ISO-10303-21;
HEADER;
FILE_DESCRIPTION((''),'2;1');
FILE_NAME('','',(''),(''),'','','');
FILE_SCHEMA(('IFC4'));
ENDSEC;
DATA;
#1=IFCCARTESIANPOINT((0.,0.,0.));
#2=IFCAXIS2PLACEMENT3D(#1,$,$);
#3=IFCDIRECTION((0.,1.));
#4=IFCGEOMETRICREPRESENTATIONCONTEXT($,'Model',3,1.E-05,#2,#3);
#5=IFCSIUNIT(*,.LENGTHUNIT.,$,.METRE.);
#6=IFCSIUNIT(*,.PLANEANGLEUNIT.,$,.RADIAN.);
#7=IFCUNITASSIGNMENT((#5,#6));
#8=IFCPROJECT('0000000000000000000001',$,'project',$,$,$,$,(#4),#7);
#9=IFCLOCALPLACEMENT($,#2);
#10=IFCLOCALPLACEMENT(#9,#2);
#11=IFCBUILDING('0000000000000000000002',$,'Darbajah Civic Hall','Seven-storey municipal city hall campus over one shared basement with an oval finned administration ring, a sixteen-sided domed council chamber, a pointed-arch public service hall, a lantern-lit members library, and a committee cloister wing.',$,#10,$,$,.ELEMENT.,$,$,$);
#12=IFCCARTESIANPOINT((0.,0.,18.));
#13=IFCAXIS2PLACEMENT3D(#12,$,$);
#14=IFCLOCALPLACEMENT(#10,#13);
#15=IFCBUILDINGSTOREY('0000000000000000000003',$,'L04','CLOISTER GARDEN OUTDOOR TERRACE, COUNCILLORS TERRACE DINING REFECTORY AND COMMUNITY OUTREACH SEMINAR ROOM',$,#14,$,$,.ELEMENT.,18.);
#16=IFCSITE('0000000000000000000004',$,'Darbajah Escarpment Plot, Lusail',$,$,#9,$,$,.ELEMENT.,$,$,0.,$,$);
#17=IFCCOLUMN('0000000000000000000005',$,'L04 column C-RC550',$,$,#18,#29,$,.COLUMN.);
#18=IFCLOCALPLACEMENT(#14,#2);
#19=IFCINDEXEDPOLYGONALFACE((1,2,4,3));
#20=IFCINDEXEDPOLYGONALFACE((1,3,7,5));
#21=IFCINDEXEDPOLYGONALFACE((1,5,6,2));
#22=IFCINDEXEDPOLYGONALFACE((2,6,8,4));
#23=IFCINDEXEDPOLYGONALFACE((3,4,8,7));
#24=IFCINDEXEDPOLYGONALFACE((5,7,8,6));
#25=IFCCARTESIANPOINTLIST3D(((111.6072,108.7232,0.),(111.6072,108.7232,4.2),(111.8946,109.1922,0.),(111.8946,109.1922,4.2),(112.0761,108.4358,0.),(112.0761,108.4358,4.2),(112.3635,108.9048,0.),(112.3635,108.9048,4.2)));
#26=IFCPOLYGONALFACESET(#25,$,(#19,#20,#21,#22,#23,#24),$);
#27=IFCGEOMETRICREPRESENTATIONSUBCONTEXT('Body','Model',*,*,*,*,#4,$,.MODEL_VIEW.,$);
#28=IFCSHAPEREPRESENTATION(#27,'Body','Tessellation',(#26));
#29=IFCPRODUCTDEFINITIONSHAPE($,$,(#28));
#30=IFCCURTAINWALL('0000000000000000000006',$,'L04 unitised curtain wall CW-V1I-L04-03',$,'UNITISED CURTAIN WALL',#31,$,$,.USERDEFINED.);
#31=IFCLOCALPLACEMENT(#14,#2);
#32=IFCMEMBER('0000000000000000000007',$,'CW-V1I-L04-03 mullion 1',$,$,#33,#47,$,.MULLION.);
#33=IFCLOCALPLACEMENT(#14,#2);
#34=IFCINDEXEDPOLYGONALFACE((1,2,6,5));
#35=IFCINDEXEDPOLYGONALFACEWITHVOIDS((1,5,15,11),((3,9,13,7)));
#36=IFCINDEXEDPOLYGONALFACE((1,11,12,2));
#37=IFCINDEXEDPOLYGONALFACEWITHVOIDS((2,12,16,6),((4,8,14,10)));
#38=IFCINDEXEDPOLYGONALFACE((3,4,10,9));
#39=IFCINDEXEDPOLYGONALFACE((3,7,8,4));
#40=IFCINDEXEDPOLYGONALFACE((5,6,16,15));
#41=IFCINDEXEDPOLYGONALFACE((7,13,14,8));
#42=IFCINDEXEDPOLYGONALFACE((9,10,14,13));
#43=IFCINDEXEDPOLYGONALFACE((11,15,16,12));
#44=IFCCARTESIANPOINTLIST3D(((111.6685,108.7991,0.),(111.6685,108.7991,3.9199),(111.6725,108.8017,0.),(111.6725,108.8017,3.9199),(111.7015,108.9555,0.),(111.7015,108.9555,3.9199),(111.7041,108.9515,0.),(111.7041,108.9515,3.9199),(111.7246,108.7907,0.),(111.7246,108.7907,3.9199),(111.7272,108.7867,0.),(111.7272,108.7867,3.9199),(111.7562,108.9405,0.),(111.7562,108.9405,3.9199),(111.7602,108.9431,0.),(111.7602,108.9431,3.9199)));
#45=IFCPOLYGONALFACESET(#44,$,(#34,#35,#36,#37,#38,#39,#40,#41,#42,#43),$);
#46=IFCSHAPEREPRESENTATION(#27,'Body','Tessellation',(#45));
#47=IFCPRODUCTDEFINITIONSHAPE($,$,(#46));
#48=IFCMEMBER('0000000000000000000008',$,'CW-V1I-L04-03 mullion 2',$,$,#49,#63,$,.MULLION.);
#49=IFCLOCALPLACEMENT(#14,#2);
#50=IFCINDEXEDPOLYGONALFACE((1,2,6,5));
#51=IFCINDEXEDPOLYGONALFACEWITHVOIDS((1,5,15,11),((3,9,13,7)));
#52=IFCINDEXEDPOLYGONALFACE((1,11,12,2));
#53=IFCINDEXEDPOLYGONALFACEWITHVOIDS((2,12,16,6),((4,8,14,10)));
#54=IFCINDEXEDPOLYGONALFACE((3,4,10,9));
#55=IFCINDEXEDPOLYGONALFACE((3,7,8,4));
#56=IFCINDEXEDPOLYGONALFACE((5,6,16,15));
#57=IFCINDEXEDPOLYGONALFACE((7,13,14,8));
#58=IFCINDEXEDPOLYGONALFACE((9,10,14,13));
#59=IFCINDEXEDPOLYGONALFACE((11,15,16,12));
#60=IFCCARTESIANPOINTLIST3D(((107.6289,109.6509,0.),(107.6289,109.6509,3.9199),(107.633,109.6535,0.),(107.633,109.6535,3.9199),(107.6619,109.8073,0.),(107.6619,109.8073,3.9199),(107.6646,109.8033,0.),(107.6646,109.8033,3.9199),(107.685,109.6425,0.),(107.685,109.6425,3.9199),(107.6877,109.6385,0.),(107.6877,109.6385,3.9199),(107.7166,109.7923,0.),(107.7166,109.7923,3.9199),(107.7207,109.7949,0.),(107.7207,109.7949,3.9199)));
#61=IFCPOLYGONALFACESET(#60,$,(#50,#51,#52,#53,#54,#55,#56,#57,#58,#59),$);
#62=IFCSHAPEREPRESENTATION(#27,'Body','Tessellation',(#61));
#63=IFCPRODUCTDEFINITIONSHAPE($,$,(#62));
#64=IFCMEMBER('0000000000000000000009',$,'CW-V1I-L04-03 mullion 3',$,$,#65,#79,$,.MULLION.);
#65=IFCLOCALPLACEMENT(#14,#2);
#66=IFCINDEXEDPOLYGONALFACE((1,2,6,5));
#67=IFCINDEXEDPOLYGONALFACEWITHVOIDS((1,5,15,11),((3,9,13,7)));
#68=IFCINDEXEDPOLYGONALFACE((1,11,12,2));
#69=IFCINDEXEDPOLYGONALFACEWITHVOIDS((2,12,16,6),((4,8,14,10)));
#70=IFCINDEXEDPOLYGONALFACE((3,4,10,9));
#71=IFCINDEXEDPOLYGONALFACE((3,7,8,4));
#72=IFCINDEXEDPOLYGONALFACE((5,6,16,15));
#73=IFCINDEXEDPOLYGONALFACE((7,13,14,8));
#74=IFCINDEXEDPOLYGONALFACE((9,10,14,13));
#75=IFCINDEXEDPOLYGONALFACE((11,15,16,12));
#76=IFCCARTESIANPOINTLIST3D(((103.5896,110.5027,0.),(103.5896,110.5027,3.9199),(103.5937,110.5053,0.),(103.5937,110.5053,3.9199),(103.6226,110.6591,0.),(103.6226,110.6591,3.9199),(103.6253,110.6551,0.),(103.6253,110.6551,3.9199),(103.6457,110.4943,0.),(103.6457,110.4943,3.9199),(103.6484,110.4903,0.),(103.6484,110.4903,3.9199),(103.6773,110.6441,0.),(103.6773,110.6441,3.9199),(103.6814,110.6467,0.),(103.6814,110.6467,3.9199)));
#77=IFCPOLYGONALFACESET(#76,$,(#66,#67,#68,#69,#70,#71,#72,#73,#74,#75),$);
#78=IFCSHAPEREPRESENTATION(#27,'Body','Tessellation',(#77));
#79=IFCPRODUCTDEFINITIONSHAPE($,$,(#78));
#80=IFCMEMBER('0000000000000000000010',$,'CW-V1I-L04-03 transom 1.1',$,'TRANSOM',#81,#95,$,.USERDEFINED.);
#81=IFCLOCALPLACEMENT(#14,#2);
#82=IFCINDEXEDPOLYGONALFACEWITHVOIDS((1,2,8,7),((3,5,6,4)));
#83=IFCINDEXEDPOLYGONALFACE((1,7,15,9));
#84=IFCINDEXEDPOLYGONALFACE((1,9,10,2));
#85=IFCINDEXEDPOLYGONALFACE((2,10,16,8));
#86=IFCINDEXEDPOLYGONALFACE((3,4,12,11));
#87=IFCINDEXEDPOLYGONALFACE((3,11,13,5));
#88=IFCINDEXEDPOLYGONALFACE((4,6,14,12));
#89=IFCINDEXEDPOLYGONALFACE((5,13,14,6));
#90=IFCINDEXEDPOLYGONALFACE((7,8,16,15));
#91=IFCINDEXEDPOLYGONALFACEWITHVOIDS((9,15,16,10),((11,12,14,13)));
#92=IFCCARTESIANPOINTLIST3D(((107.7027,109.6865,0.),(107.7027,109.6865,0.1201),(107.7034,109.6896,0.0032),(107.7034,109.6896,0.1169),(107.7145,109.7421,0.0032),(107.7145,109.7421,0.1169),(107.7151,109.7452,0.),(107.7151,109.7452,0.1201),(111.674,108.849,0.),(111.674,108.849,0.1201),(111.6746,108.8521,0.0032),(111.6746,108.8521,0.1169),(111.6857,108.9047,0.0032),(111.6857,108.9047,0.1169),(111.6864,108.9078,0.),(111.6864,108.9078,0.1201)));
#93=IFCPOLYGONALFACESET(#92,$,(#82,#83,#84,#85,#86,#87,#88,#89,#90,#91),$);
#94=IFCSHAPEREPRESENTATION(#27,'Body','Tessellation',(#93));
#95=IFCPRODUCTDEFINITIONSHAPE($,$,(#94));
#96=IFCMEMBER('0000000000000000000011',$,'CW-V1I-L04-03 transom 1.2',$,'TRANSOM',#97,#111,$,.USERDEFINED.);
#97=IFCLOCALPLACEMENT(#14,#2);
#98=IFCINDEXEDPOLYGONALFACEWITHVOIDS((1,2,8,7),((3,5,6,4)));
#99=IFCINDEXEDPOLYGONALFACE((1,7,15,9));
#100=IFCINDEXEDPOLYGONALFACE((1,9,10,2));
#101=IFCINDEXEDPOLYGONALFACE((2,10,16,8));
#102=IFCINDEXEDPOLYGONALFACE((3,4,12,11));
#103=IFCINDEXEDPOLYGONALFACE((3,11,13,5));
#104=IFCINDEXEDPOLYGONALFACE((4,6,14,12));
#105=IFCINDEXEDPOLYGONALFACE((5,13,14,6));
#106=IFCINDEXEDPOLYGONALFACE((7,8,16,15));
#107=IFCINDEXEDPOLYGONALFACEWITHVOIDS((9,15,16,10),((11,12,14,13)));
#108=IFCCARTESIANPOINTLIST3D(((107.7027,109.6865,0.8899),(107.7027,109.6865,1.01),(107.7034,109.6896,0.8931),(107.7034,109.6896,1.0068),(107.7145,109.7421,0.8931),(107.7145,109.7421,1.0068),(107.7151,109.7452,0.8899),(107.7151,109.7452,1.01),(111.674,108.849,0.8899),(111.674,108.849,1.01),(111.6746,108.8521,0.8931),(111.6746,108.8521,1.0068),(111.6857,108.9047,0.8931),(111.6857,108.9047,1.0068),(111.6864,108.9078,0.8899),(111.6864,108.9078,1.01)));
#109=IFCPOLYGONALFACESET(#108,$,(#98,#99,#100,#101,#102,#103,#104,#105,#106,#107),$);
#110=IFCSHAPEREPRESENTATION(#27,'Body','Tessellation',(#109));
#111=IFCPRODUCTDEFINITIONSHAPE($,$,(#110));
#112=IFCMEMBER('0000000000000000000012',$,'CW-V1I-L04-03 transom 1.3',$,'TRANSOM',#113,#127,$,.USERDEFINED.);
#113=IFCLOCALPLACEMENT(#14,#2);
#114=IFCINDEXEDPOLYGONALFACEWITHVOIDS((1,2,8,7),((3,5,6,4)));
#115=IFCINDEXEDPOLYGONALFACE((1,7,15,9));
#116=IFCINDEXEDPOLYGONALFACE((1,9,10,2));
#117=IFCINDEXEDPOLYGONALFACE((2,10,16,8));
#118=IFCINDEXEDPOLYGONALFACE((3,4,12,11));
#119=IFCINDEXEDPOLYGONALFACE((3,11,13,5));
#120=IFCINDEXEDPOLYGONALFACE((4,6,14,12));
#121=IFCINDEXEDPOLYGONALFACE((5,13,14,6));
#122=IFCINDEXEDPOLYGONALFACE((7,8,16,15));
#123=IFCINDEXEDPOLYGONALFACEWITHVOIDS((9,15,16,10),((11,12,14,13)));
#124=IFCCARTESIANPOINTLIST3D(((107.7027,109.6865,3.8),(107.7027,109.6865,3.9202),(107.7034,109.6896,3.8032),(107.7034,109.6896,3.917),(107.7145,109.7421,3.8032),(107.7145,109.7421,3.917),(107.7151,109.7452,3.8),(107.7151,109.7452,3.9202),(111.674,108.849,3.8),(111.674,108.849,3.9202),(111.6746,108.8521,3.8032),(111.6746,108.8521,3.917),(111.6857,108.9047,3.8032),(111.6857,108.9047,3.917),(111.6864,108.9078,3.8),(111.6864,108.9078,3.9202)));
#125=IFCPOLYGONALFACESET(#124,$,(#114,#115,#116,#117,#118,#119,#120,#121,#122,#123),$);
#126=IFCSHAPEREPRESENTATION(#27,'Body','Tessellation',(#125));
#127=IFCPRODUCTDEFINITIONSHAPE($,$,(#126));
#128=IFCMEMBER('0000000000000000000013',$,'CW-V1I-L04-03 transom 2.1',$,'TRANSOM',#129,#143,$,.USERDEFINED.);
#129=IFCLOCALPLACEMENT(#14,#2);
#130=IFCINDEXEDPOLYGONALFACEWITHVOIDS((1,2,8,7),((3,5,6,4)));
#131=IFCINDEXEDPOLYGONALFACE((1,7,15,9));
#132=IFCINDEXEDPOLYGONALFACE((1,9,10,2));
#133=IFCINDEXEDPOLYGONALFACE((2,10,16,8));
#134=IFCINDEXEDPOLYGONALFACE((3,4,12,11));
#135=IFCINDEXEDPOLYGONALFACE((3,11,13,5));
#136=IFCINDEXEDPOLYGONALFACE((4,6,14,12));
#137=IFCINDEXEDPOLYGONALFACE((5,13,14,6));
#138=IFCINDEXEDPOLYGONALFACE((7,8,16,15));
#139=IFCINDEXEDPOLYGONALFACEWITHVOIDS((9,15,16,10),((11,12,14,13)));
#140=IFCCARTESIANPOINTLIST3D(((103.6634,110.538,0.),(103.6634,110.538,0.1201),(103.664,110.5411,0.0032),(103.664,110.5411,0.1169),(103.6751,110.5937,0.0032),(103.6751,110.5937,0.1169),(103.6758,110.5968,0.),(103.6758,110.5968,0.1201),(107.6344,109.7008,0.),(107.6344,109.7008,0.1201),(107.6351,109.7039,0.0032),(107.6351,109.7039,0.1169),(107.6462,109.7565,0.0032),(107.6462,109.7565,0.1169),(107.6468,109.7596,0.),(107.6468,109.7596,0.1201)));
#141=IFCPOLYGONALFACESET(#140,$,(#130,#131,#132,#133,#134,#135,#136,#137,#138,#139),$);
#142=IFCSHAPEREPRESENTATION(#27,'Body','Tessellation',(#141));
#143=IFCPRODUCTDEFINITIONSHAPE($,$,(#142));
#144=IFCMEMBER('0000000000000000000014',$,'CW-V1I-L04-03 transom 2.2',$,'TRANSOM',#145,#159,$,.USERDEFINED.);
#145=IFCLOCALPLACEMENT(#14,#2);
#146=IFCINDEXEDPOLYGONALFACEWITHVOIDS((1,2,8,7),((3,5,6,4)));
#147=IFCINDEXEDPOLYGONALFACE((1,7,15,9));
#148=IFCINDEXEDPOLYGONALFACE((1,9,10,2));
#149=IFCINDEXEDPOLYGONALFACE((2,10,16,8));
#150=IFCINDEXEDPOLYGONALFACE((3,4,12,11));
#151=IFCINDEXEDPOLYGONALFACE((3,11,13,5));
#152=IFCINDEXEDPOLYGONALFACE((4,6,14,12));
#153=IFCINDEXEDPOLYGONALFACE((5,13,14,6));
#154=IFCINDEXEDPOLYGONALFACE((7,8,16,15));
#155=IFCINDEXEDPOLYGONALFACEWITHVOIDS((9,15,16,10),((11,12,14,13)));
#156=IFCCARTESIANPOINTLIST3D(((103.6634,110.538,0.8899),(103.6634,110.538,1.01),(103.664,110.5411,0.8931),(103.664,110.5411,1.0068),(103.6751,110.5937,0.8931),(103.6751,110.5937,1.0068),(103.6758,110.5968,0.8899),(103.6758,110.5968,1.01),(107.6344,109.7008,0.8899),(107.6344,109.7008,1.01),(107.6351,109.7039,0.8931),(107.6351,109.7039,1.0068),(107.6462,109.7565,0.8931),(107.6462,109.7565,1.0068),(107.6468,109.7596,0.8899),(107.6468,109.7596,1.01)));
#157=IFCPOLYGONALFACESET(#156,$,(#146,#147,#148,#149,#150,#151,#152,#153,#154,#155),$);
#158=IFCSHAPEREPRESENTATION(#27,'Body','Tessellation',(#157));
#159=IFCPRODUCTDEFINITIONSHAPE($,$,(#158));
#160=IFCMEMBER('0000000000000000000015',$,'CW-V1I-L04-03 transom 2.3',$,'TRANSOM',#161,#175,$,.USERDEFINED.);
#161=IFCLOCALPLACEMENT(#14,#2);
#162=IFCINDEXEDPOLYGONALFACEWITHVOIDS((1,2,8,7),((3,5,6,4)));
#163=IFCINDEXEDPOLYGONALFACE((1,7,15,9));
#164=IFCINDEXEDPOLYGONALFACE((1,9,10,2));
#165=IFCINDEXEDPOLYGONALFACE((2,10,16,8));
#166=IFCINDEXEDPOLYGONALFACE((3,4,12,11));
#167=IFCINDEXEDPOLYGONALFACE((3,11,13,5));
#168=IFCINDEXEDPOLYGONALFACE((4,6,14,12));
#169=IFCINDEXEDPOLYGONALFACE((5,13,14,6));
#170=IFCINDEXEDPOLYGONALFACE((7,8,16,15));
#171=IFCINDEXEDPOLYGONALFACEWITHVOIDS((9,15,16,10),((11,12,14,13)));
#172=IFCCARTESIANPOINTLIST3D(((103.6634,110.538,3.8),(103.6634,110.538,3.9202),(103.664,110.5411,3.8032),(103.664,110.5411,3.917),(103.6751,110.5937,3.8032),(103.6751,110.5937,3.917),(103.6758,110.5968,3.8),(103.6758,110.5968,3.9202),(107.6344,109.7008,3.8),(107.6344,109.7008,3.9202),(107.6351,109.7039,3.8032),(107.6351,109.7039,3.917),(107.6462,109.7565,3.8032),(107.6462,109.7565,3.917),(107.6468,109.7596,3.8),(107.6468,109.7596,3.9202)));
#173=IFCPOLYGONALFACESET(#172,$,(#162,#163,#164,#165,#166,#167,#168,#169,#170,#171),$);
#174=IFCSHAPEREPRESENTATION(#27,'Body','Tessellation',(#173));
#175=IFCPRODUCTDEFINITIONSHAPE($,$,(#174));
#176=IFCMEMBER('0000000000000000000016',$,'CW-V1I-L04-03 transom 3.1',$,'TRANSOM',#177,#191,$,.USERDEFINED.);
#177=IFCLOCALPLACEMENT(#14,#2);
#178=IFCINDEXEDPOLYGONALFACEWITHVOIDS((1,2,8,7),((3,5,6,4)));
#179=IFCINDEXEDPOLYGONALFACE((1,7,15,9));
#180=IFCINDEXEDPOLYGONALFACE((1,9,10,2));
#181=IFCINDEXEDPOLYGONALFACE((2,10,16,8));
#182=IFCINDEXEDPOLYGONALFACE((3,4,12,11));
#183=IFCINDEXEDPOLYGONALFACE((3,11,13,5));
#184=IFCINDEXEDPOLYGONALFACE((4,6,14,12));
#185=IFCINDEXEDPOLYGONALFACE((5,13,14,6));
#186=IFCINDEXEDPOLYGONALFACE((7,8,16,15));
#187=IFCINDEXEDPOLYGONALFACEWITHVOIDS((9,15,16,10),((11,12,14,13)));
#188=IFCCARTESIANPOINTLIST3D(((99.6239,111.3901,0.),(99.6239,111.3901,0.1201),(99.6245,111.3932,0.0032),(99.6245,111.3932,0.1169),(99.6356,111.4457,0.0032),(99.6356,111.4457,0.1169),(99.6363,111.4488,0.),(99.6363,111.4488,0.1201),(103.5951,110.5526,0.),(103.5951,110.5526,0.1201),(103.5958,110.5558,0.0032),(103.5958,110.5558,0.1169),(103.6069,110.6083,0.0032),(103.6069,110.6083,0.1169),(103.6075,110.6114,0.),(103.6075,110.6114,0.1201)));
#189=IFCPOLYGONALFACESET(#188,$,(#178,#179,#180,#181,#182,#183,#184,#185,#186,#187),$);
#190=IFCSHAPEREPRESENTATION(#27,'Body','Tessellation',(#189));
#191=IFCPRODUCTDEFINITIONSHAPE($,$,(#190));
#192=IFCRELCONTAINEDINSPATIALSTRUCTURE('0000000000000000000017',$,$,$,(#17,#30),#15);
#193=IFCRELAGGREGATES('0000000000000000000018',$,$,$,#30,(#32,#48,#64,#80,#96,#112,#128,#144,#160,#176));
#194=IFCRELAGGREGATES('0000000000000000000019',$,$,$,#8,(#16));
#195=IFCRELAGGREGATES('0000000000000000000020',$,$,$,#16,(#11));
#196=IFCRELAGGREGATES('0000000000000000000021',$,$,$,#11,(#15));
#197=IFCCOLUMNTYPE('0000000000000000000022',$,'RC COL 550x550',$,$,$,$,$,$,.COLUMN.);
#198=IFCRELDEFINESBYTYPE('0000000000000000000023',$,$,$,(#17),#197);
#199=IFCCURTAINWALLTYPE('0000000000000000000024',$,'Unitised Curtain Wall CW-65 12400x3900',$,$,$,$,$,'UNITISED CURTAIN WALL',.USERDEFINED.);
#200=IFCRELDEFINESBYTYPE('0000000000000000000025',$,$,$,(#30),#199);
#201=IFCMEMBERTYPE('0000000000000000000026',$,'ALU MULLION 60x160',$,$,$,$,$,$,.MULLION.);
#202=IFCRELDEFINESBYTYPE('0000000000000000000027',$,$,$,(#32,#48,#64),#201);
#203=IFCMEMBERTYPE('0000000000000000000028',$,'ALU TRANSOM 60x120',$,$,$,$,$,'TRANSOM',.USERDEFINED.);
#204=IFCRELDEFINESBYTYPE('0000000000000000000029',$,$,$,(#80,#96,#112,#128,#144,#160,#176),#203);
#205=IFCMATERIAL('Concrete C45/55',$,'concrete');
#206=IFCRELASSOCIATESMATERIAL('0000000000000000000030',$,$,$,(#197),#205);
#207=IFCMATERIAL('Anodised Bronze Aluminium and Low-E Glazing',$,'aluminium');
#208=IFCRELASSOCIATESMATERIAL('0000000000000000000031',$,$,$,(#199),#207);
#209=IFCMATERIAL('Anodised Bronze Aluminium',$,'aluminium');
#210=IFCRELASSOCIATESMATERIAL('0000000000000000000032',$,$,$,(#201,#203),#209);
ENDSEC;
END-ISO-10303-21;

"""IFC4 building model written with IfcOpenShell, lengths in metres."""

from ifc_helpers import new_model, si_unit, direction, frame, origin, origin_2d, place, context, subcontext, project, spatial, rectangle, hollow_rectangle, extrude, material, material_profile, profile_set, type_object, element, aggregate, save


model = new_model("IFC4")

# Units and contexts
model_context = context("Model", 3, precision=1e-05, world=origin(), true_north=direction((0.0, 1.0)))
body_context = subcontext(model_context, "Body", "Model", "MODEL_VIEW")
ifc_project = project(units=[si_unit("LENGTHUNIT", "METRE"), si_unit("PLANEANGLEUNIT", "RADIAN")], contexts=[model_context])

# Site, building, storey
site_placement = place(None, origin())
site = spatial("IfcSite", under=ifc_project, at=site_placement, Name="Darbajah Escarpment Plot, Lusail", CompositionType="ELEMENT", RefElevation=0.0)
building_placement = place(site_placement, origin())
building = spatial("IfcBuilding", under=site, at=building_placement, Name="Darbajah Civic Hall", Description="Seven-storey municipal city hall campus over one shared basement with an oval finned administration ring, a sixteen-sided domed council chamber, a pointed-arch public service hall, a lantern-lit members library, and a committee cloister wing.", CompositionType="ELEMENT")
storey_placement = place(building_placement, frame((0.0, 0.0, 18.0)))
storey = spatial("IfcBuildingStorey", under=building, at=storey_placement, Name="L04", Description="CLOISTER GARDEN OUTDOOR TERRACE, COUNCILLORS TERRACE DINING REFECTORY AND COMMUNITY OUTREACH SEMINAR ROOM", CompositionType="ELEMENT", Elevation=18.0)

# Column
ifc_material_1 = material(Name="Concrete C45/55", Category="concrete")
ifc_material_profile_1 = material_profile(ifc_material_1, rectangle(XDim=0.55, YDim=0.55, at=origin_2d()), Name="RC COL 550x550")
ifc_profile_set_1 = profile_set([ifc_material_profile_1], Name="Concrete C45/55")
column_type = type_object("IfcColumnType", Name="RC COL 550x550", PredefinedType="COLUMN", material=ifc_profile_set_1)
column_placement = place(storey_placement, frame((111.9854, 108.814, 0.0), z_axis=(0.0, 0.0, 1.0), x_axis=(0.522499, 0.85264, 0.0)))
element("IfcColumn", 1, at=column_placement, inside=storey, type_object=column_type, Name="L04 column C-RC550", PredefinedType="COLUMN", context=body_context, shape_type="SweptSolid", body=[
    extrude(rectangle(XDim=0.55, YDim=0.55, at=origin_2d()), origin(), (0.0, 0.0, 1.0), 4.2),
])

# Curtain wall, members
ifc_material_2 = material(Name="Anodised Bronze Aluminium and Low-E Glazing", Category="aluminium")
curtain_wall_type = type_object("IfcCurtainWallType", Name="Unitised Curtain Wall CW-65 12400x3900", ElementType="UNITISED CURTAIN WALL", PredefinedType="USERDEFINED", material=ifc_material_2)
curtain_wall_placement = place(storey_placement, origin())
curtain_wall = element("IfcCurtainWall", 2, at=curtain_wall_placement, inside=storey, type_object=curtain_wall_type, Name="L04 unitised curtain wall CW-V1I-L04-03", ObjectType="UNITISED CURTAIN WALL", PredefinedType="USERDEFINED")
ifc_material_3 = material(Name="Anodised Bronze Aluminium", Category="aluminium")
ifc_material_profile_2 = material_profile(ifc_material_3, hollow_rectangle(XDim=0.0601, YDim=0.1599, WallThickness=0.0034, at=origin_2d()), Name="ALU MULLION 60x160")
ifc_profile_set_2 = profile_set([ifc_material_profile_2], Name="Anodised Bronze Aluminium")
member_type_1 = type_object("IfcMemberType", Name="ALU MULLION 60x160", PredefinedType="MULLION", material=ifc_profile_set_2)
member_1_placement = place(storey_placement, frame((111.7144, 108.8711, 0.0), z_axis=(0.0, 0.0, 1.0), x_axis=(-0.978473, 0.206375, 0.0)))
member_1 = element("IfcMember", 3, at=member_1_placement, type_object=member_type_1, Name="CW-V1I-L04-03 mullion 1", PredefinedType="MULLION", context=body_context, shape_type="SweptSolid", body=[
    extrude(hollow_rectangle(XDim=0.0601, YDim=0.1599, WallThickness=0.0034, at=origin_2d()), origin(), (0.0, 0.0, 1.0), 3.9199),
])
member_2_placement = place(storey_placement, frame((107.6748, 109.7229, 0.0), z_axis=(0.0, 0.0, 1.0), x_axis=(-0.978473, 0.206375, 0.0)))
member_2 = element("IfcMember", 4, at=member_2_placement, type_object=member_type_1, Name="CW-V1I-L04-03 mullion 2", PredefinedType="MULLION", context=body_context, shape_type="SweptSolid", body=[
    extrude(hollow_rectangle(XDim=0.0601, YDim=0.1599, WallThickness=0.0034, at=origin_2d()), origin(), (0.0, 0.0, 1.0), 3.9199),
])
member_3_placement = place(storey_placement, frame((103.6355, 110.5747, 0.0), z_axis=(0.0, 0.0, 1.0), x_axis=(-0.978473, 0.206375, 0.0)))
member_3 = element("IfcMember", 5, at=member_3_placement, type_object=member_type_1, Name="CW-V1I-L04-03 mullion 3", PredefinedType="MULLION", context=body_context, shape_type="SweptSolid", body=[
    extrude(hollow_rectangle(XDim=0.0601, YDim=0.1599, WallThickness=0.0034, at=origin_2d()), origin(), (0.0, 0.0, 1.0), 3.9199),
])
ifc_material_profile_3 = material_profile(ifc_material_3, hollow_rectangle(XDim=0.0601, YDim=0.1201, WallThickness=0.0032, at=origin_2d()), Name="ALU TRANSOM 60x120")
ifc_profile_set_3 = profile_set([ifc_material_profile_3], Name="Anodised Bronze Aluminium")
member_type_2 = type_object("IfcMemberType", Name="ALU TRANSOM 60x120", ElementType="TRANSOM", PredefinedType="USERDEFINED", material=ifc_profile_set_3)
member_4_placement = place(storey_placement, frame((111.6802, 108.8784, 0.0601), z_axis=(-0.978482, 0.206332, 0.0), x_axis=(-0.206332, -0.978482, 0.0)))
member_4 = element("IfcMember", 6, at=member_4_placement, type_object=member_type_2, Name="CW-V1I-L04-03 transom 1.1", ObjectType="TRANSOM", PredefinedType="USERDEFINED", context=body_context, shape_type="SweptSolid", body=[
    extrude(hollow_rectangle(XDim=0.0601, YDim=0.1201, WallThickness=0.0032, at=origin_2d()), origin(), (0.0, 0.0, 1.0), 4.0586),
])
member_5_placement = place(storey_placement, frame((111.6802, 108.8784, 0.95), z_axis=(-0.978482, 0.206332, 0.0), x_axis=(-0.206332, -0.978482, 0.0)))
member_5 = element("IfcMember", 7, at=member_5_placement, type_object=member_type_2, Name="CW-V1I-L04-03 transom 1.2", ObjectType="TRANSOM", PredefinedType="USERDEFINED", context=body_context, shape_type="SweptSolid", body=[
    extrude(hollow_rectangle(XDim=0.0601, YDim=0.1201, WallThickness=0.0032, at=origin_2d()), origin(), (0.0, 0.0, 1.0), 4.0586),
])
member_6_placement = place(storey_placement, frame((111.6802, 108.8784, 3.8601), z_axis=(-0.978482, 0.206332, 0.0), x_axis=(-0.206332, -0.978482, 0.0)))
member_6 = element("IfcMember", 8, at=member_6_placement, type_object=member_type_2, Name="CW-V1I-L04-03 transom 1.3", ObjectType="TRANSOM", PredefinedType="USERDEFINED", context=body_context, shape_type="SweptSolid", body=[
    extrude(hollow_rectangle(XDim=0.0601, YDim=0.1201, WallThickness=0.0032, at=origin_2d()), origin(), (0.0, 0.0, 1.0), 4.0586),
])
member_7_placement = place(storey_placement, frame((107.6406, 109.7302, 0.0601), z_axis=(-0.978492, 0.206286, 0.0), x_axis=(-0.206286, -0.978492, 0.0)))
member_7 = element("IfcMember", 9, at=member_7_placement, type_object=member_type_2, Name="CW-V1I-L04-03 transom 2.1", ObjectType="TRANSOM", PredefinedType="USERDEFINED", context=body_context, shape_type="SweptSolid", body=[
    extrude(hollow_rectangle(XDim=0.0601, YDim=0.1201, WallThickness=0.0032, at=origin_2d()), origin(), (0.0, 0.0, 1.0), 4.0583),
])
member_8_placement = place(storey_placement, frame((107.6406, 109.7302, 0.95), z_axis=(-0.978492, 0.206286, 0.0), x_axis=(-0.206286, -0.978492, 0.0)))
member_8 = element("IfcMember", 10, at=member_8_placement, type_object=member_type_2, Name="CW-V1I-L04-03 transom 2.2", ObjectType="TRANSOM", PredefinedType="USERDEFINED", context=body_context, shape_type="SweptSolid", body=[
    extrude(hollow_rectangle(XDim=0.0601, YDim=0.1201, WallThickness=0.0032, at=origin_2d()), origin(), (0.0, 0.0, 1.0), 4.0583),
])
member_9_placement = place(storey_placement, frame((107.6406, 109.7302, 3.8601), z_axis=(-0.978492, 0.206286, 0.0), x_axis=(-0.206286, -0.978492, 0.0)))
member_9 = element("IfcMember", 11, at=member_9_placement, type_object=member_type_2, Name="CW-V1I-L04-03 transom 2.3", ObjectType="TRANSOM", PredefinedType="USERDEFINED", context=body_context, shape_type="SweptSolid", body=[
    extrude(hollow_rectangle(XDim=0.0601, YDim=0.1201, WallThickness=0.0032, at=origin_2d()), origin(), (0.0, 0.0, 1.0), 4.0583),
])
member_10_placement = place(storey_placement, frame((103.6013, 110.582, 0.0601), z_axis=(-0.978482, 0.206332, 0.0), x_axis=(-0.206332, -0.978482, 0.0)))
member_10 = element("IfcMember", 12, at=member_10_placement, type_object=member_type_2, Name="CW-V1I-L04-03 transom 3.1", ObjectType="TRANSOM", PredefinedType="USERDEFINED", context=body_context, shape_type="SweptSolid", body=[
    extrude(hollow_rectangle(XDim=0.0601, YDim=0.1201, WallThickness=0.0032, at=origin_2d()), origin(), (0.0, 0.0, 1.0), 4.0586),
])

aggregate(curtain_wall, [member_1, member_2, member_3, member_4, member_5, member_6, member_7, member_8, member_9, member_10])

save(model, "model.ifc")
